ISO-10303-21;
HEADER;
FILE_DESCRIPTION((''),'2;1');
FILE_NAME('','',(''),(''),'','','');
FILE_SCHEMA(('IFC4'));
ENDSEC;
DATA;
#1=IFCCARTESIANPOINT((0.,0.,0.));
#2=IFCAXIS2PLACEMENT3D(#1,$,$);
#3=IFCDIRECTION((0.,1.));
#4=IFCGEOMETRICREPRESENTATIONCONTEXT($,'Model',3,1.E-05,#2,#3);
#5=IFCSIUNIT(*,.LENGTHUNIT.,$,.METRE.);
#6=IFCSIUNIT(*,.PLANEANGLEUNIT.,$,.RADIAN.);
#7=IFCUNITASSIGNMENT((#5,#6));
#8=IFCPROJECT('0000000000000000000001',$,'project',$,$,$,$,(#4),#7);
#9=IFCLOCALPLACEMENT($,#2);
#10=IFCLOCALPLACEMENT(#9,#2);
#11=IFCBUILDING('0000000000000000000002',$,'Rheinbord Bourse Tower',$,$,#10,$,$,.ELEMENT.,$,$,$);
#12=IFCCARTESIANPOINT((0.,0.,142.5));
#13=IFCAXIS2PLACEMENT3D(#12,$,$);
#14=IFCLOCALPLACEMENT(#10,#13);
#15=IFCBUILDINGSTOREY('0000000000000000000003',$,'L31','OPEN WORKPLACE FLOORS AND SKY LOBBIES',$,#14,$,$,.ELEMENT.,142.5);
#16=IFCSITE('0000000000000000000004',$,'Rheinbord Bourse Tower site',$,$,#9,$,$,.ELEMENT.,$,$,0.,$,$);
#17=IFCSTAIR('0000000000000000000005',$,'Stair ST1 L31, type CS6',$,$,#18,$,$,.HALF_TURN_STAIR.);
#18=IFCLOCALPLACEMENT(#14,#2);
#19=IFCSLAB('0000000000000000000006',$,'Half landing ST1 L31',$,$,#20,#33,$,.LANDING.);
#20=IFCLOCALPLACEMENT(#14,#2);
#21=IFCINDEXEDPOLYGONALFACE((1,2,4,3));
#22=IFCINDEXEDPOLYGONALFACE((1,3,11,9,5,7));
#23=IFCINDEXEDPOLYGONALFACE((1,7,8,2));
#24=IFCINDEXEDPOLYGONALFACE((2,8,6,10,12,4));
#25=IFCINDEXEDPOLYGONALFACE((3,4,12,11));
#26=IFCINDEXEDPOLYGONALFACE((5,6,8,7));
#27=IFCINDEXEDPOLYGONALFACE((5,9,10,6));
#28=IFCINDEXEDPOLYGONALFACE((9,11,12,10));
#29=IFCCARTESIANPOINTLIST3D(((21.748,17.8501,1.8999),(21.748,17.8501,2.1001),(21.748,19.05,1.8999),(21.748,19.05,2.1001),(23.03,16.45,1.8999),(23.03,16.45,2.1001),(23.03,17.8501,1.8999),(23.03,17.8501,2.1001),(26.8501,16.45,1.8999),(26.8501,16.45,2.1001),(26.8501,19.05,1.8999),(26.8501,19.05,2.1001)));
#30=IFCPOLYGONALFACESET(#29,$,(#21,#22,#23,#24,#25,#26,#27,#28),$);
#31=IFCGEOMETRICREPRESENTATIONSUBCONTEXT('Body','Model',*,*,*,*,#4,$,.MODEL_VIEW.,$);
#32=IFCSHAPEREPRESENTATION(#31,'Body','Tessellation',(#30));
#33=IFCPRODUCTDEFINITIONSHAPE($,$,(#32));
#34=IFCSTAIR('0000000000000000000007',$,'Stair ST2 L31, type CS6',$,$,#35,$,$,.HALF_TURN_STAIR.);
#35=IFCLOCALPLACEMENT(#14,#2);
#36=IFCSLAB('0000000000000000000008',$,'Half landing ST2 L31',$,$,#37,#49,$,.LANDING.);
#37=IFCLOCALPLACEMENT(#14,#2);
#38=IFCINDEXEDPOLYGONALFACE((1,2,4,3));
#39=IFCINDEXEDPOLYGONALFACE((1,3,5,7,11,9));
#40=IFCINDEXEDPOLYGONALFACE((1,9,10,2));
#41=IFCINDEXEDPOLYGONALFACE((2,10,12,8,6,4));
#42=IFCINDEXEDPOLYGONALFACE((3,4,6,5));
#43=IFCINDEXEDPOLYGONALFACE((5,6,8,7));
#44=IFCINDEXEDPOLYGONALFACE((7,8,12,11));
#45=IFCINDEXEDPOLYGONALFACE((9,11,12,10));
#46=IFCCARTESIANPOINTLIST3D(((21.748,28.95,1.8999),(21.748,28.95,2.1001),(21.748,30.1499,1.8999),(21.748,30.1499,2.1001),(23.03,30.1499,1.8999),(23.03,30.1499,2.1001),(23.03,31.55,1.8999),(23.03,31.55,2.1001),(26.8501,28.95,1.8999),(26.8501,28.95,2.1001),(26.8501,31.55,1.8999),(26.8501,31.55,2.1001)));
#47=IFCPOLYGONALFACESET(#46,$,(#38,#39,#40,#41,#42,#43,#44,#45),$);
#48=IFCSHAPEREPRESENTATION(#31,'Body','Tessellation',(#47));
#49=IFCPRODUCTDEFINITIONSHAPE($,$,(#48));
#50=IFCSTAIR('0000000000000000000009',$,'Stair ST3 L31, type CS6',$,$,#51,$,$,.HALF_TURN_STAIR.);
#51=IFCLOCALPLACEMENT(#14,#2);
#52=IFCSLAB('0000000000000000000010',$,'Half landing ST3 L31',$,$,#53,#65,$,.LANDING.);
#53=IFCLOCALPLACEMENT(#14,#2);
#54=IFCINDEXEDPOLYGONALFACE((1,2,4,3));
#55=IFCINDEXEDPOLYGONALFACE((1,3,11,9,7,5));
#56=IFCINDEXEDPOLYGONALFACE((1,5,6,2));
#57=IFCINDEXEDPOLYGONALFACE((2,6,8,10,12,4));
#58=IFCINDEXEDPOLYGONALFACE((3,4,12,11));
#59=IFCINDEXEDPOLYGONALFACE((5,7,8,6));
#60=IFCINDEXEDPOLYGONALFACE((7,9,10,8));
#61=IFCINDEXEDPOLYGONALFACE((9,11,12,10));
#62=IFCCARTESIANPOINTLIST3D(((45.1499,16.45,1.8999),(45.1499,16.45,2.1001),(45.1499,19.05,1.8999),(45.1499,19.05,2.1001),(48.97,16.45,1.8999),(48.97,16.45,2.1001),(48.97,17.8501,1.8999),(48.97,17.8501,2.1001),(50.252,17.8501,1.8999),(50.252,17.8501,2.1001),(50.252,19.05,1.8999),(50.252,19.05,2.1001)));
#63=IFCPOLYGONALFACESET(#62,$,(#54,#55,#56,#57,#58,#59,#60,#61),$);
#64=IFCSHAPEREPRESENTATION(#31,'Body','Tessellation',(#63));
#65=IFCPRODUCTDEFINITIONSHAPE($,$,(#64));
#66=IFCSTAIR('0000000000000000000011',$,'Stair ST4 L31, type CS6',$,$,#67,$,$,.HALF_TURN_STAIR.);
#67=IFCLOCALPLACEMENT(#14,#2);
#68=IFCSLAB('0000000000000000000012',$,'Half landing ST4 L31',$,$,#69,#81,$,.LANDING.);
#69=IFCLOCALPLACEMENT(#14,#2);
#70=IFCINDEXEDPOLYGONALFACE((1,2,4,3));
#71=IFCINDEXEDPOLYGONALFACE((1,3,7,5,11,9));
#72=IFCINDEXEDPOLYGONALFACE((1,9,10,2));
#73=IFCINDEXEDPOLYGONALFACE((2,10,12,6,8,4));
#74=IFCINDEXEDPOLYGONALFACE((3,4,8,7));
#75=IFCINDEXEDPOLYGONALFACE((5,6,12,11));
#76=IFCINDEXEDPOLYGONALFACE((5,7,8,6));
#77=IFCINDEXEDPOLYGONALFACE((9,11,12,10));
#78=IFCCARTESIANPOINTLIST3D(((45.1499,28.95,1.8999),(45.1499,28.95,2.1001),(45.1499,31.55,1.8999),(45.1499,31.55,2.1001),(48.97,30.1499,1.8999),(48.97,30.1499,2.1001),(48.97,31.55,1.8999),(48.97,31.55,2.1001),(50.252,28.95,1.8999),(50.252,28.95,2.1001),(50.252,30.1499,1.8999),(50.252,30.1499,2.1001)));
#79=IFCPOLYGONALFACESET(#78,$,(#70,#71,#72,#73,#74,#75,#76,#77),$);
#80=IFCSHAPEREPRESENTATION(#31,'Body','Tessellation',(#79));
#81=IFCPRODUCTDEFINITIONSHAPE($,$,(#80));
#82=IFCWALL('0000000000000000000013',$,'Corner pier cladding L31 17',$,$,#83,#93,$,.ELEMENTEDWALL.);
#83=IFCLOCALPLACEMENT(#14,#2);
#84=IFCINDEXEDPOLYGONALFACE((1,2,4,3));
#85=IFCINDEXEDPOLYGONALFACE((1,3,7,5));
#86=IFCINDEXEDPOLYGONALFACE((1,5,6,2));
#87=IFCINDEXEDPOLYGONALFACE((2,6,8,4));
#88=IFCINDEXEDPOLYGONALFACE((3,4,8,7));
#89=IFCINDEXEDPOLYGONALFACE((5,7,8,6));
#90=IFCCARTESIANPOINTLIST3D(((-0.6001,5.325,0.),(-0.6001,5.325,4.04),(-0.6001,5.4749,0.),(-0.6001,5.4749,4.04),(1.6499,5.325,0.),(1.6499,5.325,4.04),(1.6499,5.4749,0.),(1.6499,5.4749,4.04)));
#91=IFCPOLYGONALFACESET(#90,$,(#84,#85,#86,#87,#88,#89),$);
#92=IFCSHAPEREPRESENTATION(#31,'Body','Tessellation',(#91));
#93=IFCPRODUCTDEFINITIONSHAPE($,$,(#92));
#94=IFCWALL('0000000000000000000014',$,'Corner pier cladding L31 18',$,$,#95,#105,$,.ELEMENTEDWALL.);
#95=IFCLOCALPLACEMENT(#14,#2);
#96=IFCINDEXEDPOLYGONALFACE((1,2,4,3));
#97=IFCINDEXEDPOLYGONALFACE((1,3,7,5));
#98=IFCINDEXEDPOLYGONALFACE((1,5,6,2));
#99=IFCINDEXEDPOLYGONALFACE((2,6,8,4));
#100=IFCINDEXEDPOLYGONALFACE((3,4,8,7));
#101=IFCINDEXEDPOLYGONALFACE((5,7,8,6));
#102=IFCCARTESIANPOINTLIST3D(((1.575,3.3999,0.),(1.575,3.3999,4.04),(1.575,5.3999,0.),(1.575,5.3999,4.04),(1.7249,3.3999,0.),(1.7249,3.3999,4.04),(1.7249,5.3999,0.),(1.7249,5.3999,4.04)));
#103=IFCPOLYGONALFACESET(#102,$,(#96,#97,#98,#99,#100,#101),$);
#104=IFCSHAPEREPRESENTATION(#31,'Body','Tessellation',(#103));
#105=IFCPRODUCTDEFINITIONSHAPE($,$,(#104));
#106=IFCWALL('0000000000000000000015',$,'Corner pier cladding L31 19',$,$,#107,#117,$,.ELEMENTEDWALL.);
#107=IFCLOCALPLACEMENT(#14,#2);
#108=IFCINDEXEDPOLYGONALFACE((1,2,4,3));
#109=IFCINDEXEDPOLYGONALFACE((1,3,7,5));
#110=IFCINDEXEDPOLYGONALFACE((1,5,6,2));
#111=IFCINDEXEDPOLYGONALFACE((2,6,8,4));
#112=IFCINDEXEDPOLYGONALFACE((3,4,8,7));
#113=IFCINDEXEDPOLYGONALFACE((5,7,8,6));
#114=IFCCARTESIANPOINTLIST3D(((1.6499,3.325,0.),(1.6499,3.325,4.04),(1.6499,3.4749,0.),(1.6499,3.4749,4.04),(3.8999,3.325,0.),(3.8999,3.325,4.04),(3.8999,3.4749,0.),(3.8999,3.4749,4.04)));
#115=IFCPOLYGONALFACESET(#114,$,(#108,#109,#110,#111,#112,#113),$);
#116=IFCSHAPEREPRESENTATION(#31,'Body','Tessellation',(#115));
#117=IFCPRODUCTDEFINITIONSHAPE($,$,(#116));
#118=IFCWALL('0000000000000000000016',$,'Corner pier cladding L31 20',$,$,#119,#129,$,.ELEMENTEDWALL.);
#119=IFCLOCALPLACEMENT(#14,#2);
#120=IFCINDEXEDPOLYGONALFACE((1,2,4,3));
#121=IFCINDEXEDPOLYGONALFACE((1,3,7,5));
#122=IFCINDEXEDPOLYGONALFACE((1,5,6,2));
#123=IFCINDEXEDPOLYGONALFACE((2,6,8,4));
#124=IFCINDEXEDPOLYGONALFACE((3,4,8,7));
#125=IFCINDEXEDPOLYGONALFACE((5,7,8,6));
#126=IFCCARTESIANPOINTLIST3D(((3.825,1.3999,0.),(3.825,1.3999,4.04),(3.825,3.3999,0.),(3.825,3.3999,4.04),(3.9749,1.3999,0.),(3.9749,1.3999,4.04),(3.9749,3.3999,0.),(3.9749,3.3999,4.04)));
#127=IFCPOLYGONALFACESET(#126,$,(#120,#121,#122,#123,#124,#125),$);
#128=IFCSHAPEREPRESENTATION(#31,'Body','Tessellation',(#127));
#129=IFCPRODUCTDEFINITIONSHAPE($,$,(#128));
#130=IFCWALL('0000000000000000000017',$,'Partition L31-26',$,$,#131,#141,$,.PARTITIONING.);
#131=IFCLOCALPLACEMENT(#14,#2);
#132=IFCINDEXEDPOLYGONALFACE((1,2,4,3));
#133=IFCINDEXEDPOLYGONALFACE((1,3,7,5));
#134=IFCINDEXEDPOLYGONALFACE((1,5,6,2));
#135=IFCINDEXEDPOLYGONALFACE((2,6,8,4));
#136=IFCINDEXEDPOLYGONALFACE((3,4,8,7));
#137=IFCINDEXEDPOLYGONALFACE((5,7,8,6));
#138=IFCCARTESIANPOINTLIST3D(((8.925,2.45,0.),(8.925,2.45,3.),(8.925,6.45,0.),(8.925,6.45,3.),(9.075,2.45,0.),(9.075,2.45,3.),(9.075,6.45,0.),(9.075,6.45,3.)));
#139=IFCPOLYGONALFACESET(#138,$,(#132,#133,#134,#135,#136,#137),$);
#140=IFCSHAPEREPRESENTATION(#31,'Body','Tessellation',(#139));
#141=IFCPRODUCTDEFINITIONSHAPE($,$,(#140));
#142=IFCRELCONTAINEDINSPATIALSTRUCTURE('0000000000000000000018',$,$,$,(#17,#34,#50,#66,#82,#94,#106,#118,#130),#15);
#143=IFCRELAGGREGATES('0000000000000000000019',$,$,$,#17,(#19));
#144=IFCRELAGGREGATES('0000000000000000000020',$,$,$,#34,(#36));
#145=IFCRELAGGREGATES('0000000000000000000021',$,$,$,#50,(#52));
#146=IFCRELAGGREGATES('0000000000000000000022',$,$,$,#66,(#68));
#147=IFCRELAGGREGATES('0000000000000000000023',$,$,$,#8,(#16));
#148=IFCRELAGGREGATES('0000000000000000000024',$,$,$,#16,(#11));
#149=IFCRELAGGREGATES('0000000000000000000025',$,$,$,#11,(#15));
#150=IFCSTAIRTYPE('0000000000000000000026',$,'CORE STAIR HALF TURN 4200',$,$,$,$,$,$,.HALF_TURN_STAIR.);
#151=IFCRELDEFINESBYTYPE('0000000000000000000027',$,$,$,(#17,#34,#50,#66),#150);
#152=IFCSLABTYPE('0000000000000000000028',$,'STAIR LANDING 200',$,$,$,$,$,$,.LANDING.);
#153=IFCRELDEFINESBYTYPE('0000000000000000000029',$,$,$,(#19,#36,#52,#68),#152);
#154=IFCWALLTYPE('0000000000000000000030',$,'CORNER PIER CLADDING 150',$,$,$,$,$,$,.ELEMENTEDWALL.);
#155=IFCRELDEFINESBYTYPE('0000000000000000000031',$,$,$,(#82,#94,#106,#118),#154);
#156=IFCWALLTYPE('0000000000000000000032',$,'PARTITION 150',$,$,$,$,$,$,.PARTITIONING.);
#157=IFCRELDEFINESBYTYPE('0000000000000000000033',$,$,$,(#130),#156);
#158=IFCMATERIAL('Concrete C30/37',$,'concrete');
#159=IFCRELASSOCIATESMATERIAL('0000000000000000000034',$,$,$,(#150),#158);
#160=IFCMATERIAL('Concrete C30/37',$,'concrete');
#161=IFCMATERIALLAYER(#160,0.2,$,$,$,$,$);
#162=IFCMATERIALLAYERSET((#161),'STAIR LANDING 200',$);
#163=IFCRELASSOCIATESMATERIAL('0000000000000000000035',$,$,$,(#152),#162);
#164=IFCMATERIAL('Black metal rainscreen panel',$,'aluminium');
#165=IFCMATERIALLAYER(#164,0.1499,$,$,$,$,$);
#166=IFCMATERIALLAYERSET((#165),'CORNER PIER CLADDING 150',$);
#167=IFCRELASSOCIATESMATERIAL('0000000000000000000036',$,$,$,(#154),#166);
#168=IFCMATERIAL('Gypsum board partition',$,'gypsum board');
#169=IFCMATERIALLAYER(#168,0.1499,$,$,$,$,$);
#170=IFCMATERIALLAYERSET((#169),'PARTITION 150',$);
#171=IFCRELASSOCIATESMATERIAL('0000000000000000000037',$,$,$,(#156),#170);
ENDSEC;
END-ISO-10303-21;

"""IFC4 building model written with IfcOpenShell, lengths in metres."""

from ifc_helpers import new_model, si_unit, direction, frame, frame_2d, origin, place, context, subcontext, project, spatial, polyline, rectangle, outline, extrude, material, layer, layer_set, type_object, element, aggregate, save


model = new_model("IFC4")

# Units and contexts
model_context = context("Model", 3, precision=1e-05, world=origin(), true_north=direction((0.0, 1.0)))
body_context = subcontext(model_context, "Body", "Model", "MODEL_VIEW")
ifc_project = project(units=[si_unit("LENGTHUNIT", "METRE"), si_unit("PLANEANGLEUNIT", "RADIAN")], contexts=[model_context])

# Site, building, storey
site_placement = place(None, origin())
site = spatial("IfcSite", under=ifc_project, at=site_placement, Name="Rheinbord Bourse Tower site", CompositionType="ELEMENT", RefElevation=0.0)
building_placement = place(site_placement, origin())
building = spatial("IfcBuilding", under=site, at=building_placement, Name="Rheinbord Bourse Tower", CompositionType="ELEMENT")
storey_placement = place(building_placement, frame((0.0, 0.0, 142.5)))
storey = spatial("IfcBuildingStorey", under=building, at=storey_placement, Name="L31", Description="OPEN WORKPLACE FLOORS AND SKY LOBBIES", CompositionType="ELEMENT", Elevation=142.5)

# Stairs, slabs
ifc_material_1 = material(Name="Concrete C30/37", Category="concrete")
stair_type = type_object("IfcStairType", Name="CORE STAIR HALF TURN 4200", PredefinedType="HALF_TURN_STAIR", material=ifc_material_1)
stair_1_placement = place(storey_placement, origin())
stair_1 = element("IfcStair", 1, at=stair_1_placement, inside=storey, type_object=stair_type, Name="Stair ST1 L31, type CS6", PredefinedType="HALF_TURN_STAIR")
ifc_material_2 = material(Name="Concrete C30/37", Category="concrete")
ifc_layer_1 = layer(ifc_material_2, 0.2)
ifc_layer_set_1 = layer_set([ifc_layer_1], Name="STAIR LANDING 200")
slab_type_1 = type_object("IfcSlabType", Name="STAIR LANDING 200", PredefinedType="LANDING", material=ifc_layer_set_1)
slab_1_placement = place(storey_placement, frame((0.0, 0.0, 1.8999)))
slab_1 = element("IfcSlab", 2, at=slab_1_placement, type_object=slab_type_1, Name="Half landing ST1 L31", PredefinedType="LANDING", context=body_context, shape_type="SweptSolid", body=[
    extrude(outline(polyline([(23.03, 16.45), (26.8501, 16.45), (26.8501, 19.05), (21.748, 19.05), (21.748, 17.8501), (23.03, 17.8501), (23.03, 16.45)])), origin(), (0.0, 0.0, 1.0), 0.2002),
])
aggregate(stair_1, [slab_1])
stair_2_placement = place(storey_placement, origin())
stair_2 = element("IfcStair", 3, at=stair_2_placement, inside=storey, type_object=stair_type, Name="Stair ST2 L31, type CS6", PredefinedType="HALF_TURN_STAIR")
slab_2_placement = place(storey_placement, frame((0.0, 0.0, 1.8999)))
slab_2 = element("IfcSlab", 4, at=slab_2_placement, type_object=slab_type_1, Name="Half landing ST2 L31", PredefinedType="LANDING", context=body_context, shape_type="SweptSolid", body=[
    extrude(outline(polyline([(21.748, 28.95), (26.8501, 28.95), (26.8501, 31.55), (23.03, 31.55), (23.03, 30.1499), (21.748, 30.1499), (21.748, 28.95)])), origin(), (0.0, 0.0, 1.0), 0.2002),
])
aggregate(stair_2, [slab_2])
stair_3_placement = place(storey_placement, origin())
stair_3 = element("IfcStair", 5, at=stair_3_placement, inside=storey, type_object=stair_type, Name="Stair ST3 L31, type CS6", PredefinedType="HALF_TURN_STAIR")
slab_3_placement = place(storey_placement, frame((0.0, 0.0, 1.8999)))
slab_3 = element("IfcSlab", 6, at=slab_3_placement, type_object=slab_type_1, Name="Half landing ST3 L31", PredefinedType="LANDING", context=body_context, shape_type="SweptSolid", body=[
    extrude(outline(polyline([(45.1499, 16.45), (48.97, 16.45), (48.97, 17.8501), (50.252, 17.8501), (50.252, 19.05), (45.1499, 19.05), (45.1499, 16.45)])), origin(), (0.0, 0.0, 1.0), 0.2002),
])
aggregate(stair_3, [slab_3])
stair_4_placement = place(storey_placement, origin())
stair_4 = element("IfcStair", 7, at=stair_4_placement, inside=storey, type_object=stair_type, Name="Stair ST4 L31, type CS6", PredefinedType="HALF_TURN_STAIR")
slab_4_placement = place(storey_placement, frame((0.0, 0.0, 1.8999)))
slab_4 = element("IfcSlab", 8, at=slab_4_placement, type_object=slab_type_1, Name="Half landing ST4 L31", PredefinedType="LANDING", context=body_context, shape_type="SweptSolid", body=[
    extrude(outline(polyline([(45.1499, 28.95), (50.252, 28.95), (50.252, 30.1499), (48.97, 30.1499), (48.97, 31.55), (45.1499, 31.55), (45.1499, 28.95)])), origin(), (0.0, 0.0, 1.0), 0.2002),
])
aggregate(stair_4, [slab_4])

# Walls
ifc_material_3 = material(Name="Black metal rainscreen panel", Category="aluminium")
ifc_layer_2 = layer(ifc_material_3, 0.1499)
ifc_layer_set_2 = layer_set([ifc_layer_2], Name="CORNER PIER CLADDING 150")
wall_type_1 = type_object("IfcWallType", Name="CORNER PIER CLADDING 150", PredefinedType="ELEMENTEDWALL", material=ifc_layer_set_2)
wall_1_placement = place(storey_placement, frame((-0.6001, 5.3999, 0.0), z_axis=(0.0, 0.0, 1.0), x_axis=(1.0, 0.0, 0.0)))
element("IfcWall", 9, at=wall_1_placement, inside=storey, type_object=wall_type_1, Name="Corner pier cladding L31 17", PredefinedType="ELEMENTEDWALL", context=body_context, shape_type="SweptSolid", body=[
    extrude(rectangle(XDim=2.25, YDim=0.1499, at=frame_2d((1.125, 0.0))), origin(), (0.0, 0.0, 1.0), 4.04),
])
wall_2_placement = place(storey_placement, frame((1.6499, 5.3999, 0.0), z_axis=(0.0, 0.0, 1.0), x_axis=(0.0, -1.0, 0.0)))
element("IfcWall", 10, at=wall_2_placement, inside=storey, type_object=wall_type_1, Name="Corner pier cladding L31 18", PredefinedType="ELEMENTEDWALL", context=body_context, shape_type="SweptSolid", body=[
    extrude(rectangle(XDim=2.0, YDim=0.1499, at=frame_2d((1.0, 0.0))), origin(), (0.0, 0.0, 1.0), 4.04),
])
wall_3_placement = place(storey_placement, frame((1.6499, 3.3999, 0.0), z_axis=(0.0, 0.0, 1.0), x_axis=(1.0, 0.0, 0.0)))
element("IfcWall", 11, at=wall_3_placement, inside=storey, type_object=wall_type_1, Name="Corner pier cladding L31 19", PredefinedType="ELEMENTEDWALL", context=body_context, shape_type="SweptSolid", body=[
    extrude(rectangle(XDim=2.25, YDim=0.1499, at=frame_2d((1.125, 0.0))), origin(), (0.0, 0.0, 1.0), 4.04),
])
wall_4_placement = place(storey_placement, frame((3.8999, 3.3999, 0.0), z_axis=(0.0, 0.0, 1.0), x_axis=(0.0, -1.0, 0.0)))
element("IfcWall", 12, at=wall_4_placement, inside=storey, type_object=wall_type_1, Name="Corner pier cladding L31 20", PredefinedType="ELEMENTEDWALL", context=body_context, shape_type="SweptSolid", body=[
    extrude(rectangle(XDim=2.0, YDim=0.1499, at=frame_2d((1.0, 0.0))), origin(), (0.0, 0.0, 1.0), 4.04),
])
ifc_material_4 = material(Name="Gypsum board partition", Category="gypsum board")
ifc_layer_3 = layer(ifc_material_4, 0.1499)
ifc_layer_set_3 = layer_set([ifc_layer_3], Name="PARTITION 150")
wall_type_2 = type_object("IfcWallType", Name="PARTITION 150", PredefinedType="PARTITIONING", material=ifc_layer_set_3)
wall_5_placement = place(storey_placement, frame((9.0, 2.45, 0.0), z_axis=(0.0, 0.0, 1.0), x_axis=(0.0, 1.0, 0.0)))
element("IfcWall", 13, at=wall_5_placement, inside=storey, type_object=wall_type_2, Name="Partition L31-26", PredefinedType="PARTITIONING", context=body_context, shape_type="SweptSolid", body=[
    extrude(rectangle(XDim=4.0, YDim=0.1499, at=frame_2d((2.0, 0.0))), origin(), (0.0, 0.0, 1.0), 3.0),
])

save(model, "model.ifc")
